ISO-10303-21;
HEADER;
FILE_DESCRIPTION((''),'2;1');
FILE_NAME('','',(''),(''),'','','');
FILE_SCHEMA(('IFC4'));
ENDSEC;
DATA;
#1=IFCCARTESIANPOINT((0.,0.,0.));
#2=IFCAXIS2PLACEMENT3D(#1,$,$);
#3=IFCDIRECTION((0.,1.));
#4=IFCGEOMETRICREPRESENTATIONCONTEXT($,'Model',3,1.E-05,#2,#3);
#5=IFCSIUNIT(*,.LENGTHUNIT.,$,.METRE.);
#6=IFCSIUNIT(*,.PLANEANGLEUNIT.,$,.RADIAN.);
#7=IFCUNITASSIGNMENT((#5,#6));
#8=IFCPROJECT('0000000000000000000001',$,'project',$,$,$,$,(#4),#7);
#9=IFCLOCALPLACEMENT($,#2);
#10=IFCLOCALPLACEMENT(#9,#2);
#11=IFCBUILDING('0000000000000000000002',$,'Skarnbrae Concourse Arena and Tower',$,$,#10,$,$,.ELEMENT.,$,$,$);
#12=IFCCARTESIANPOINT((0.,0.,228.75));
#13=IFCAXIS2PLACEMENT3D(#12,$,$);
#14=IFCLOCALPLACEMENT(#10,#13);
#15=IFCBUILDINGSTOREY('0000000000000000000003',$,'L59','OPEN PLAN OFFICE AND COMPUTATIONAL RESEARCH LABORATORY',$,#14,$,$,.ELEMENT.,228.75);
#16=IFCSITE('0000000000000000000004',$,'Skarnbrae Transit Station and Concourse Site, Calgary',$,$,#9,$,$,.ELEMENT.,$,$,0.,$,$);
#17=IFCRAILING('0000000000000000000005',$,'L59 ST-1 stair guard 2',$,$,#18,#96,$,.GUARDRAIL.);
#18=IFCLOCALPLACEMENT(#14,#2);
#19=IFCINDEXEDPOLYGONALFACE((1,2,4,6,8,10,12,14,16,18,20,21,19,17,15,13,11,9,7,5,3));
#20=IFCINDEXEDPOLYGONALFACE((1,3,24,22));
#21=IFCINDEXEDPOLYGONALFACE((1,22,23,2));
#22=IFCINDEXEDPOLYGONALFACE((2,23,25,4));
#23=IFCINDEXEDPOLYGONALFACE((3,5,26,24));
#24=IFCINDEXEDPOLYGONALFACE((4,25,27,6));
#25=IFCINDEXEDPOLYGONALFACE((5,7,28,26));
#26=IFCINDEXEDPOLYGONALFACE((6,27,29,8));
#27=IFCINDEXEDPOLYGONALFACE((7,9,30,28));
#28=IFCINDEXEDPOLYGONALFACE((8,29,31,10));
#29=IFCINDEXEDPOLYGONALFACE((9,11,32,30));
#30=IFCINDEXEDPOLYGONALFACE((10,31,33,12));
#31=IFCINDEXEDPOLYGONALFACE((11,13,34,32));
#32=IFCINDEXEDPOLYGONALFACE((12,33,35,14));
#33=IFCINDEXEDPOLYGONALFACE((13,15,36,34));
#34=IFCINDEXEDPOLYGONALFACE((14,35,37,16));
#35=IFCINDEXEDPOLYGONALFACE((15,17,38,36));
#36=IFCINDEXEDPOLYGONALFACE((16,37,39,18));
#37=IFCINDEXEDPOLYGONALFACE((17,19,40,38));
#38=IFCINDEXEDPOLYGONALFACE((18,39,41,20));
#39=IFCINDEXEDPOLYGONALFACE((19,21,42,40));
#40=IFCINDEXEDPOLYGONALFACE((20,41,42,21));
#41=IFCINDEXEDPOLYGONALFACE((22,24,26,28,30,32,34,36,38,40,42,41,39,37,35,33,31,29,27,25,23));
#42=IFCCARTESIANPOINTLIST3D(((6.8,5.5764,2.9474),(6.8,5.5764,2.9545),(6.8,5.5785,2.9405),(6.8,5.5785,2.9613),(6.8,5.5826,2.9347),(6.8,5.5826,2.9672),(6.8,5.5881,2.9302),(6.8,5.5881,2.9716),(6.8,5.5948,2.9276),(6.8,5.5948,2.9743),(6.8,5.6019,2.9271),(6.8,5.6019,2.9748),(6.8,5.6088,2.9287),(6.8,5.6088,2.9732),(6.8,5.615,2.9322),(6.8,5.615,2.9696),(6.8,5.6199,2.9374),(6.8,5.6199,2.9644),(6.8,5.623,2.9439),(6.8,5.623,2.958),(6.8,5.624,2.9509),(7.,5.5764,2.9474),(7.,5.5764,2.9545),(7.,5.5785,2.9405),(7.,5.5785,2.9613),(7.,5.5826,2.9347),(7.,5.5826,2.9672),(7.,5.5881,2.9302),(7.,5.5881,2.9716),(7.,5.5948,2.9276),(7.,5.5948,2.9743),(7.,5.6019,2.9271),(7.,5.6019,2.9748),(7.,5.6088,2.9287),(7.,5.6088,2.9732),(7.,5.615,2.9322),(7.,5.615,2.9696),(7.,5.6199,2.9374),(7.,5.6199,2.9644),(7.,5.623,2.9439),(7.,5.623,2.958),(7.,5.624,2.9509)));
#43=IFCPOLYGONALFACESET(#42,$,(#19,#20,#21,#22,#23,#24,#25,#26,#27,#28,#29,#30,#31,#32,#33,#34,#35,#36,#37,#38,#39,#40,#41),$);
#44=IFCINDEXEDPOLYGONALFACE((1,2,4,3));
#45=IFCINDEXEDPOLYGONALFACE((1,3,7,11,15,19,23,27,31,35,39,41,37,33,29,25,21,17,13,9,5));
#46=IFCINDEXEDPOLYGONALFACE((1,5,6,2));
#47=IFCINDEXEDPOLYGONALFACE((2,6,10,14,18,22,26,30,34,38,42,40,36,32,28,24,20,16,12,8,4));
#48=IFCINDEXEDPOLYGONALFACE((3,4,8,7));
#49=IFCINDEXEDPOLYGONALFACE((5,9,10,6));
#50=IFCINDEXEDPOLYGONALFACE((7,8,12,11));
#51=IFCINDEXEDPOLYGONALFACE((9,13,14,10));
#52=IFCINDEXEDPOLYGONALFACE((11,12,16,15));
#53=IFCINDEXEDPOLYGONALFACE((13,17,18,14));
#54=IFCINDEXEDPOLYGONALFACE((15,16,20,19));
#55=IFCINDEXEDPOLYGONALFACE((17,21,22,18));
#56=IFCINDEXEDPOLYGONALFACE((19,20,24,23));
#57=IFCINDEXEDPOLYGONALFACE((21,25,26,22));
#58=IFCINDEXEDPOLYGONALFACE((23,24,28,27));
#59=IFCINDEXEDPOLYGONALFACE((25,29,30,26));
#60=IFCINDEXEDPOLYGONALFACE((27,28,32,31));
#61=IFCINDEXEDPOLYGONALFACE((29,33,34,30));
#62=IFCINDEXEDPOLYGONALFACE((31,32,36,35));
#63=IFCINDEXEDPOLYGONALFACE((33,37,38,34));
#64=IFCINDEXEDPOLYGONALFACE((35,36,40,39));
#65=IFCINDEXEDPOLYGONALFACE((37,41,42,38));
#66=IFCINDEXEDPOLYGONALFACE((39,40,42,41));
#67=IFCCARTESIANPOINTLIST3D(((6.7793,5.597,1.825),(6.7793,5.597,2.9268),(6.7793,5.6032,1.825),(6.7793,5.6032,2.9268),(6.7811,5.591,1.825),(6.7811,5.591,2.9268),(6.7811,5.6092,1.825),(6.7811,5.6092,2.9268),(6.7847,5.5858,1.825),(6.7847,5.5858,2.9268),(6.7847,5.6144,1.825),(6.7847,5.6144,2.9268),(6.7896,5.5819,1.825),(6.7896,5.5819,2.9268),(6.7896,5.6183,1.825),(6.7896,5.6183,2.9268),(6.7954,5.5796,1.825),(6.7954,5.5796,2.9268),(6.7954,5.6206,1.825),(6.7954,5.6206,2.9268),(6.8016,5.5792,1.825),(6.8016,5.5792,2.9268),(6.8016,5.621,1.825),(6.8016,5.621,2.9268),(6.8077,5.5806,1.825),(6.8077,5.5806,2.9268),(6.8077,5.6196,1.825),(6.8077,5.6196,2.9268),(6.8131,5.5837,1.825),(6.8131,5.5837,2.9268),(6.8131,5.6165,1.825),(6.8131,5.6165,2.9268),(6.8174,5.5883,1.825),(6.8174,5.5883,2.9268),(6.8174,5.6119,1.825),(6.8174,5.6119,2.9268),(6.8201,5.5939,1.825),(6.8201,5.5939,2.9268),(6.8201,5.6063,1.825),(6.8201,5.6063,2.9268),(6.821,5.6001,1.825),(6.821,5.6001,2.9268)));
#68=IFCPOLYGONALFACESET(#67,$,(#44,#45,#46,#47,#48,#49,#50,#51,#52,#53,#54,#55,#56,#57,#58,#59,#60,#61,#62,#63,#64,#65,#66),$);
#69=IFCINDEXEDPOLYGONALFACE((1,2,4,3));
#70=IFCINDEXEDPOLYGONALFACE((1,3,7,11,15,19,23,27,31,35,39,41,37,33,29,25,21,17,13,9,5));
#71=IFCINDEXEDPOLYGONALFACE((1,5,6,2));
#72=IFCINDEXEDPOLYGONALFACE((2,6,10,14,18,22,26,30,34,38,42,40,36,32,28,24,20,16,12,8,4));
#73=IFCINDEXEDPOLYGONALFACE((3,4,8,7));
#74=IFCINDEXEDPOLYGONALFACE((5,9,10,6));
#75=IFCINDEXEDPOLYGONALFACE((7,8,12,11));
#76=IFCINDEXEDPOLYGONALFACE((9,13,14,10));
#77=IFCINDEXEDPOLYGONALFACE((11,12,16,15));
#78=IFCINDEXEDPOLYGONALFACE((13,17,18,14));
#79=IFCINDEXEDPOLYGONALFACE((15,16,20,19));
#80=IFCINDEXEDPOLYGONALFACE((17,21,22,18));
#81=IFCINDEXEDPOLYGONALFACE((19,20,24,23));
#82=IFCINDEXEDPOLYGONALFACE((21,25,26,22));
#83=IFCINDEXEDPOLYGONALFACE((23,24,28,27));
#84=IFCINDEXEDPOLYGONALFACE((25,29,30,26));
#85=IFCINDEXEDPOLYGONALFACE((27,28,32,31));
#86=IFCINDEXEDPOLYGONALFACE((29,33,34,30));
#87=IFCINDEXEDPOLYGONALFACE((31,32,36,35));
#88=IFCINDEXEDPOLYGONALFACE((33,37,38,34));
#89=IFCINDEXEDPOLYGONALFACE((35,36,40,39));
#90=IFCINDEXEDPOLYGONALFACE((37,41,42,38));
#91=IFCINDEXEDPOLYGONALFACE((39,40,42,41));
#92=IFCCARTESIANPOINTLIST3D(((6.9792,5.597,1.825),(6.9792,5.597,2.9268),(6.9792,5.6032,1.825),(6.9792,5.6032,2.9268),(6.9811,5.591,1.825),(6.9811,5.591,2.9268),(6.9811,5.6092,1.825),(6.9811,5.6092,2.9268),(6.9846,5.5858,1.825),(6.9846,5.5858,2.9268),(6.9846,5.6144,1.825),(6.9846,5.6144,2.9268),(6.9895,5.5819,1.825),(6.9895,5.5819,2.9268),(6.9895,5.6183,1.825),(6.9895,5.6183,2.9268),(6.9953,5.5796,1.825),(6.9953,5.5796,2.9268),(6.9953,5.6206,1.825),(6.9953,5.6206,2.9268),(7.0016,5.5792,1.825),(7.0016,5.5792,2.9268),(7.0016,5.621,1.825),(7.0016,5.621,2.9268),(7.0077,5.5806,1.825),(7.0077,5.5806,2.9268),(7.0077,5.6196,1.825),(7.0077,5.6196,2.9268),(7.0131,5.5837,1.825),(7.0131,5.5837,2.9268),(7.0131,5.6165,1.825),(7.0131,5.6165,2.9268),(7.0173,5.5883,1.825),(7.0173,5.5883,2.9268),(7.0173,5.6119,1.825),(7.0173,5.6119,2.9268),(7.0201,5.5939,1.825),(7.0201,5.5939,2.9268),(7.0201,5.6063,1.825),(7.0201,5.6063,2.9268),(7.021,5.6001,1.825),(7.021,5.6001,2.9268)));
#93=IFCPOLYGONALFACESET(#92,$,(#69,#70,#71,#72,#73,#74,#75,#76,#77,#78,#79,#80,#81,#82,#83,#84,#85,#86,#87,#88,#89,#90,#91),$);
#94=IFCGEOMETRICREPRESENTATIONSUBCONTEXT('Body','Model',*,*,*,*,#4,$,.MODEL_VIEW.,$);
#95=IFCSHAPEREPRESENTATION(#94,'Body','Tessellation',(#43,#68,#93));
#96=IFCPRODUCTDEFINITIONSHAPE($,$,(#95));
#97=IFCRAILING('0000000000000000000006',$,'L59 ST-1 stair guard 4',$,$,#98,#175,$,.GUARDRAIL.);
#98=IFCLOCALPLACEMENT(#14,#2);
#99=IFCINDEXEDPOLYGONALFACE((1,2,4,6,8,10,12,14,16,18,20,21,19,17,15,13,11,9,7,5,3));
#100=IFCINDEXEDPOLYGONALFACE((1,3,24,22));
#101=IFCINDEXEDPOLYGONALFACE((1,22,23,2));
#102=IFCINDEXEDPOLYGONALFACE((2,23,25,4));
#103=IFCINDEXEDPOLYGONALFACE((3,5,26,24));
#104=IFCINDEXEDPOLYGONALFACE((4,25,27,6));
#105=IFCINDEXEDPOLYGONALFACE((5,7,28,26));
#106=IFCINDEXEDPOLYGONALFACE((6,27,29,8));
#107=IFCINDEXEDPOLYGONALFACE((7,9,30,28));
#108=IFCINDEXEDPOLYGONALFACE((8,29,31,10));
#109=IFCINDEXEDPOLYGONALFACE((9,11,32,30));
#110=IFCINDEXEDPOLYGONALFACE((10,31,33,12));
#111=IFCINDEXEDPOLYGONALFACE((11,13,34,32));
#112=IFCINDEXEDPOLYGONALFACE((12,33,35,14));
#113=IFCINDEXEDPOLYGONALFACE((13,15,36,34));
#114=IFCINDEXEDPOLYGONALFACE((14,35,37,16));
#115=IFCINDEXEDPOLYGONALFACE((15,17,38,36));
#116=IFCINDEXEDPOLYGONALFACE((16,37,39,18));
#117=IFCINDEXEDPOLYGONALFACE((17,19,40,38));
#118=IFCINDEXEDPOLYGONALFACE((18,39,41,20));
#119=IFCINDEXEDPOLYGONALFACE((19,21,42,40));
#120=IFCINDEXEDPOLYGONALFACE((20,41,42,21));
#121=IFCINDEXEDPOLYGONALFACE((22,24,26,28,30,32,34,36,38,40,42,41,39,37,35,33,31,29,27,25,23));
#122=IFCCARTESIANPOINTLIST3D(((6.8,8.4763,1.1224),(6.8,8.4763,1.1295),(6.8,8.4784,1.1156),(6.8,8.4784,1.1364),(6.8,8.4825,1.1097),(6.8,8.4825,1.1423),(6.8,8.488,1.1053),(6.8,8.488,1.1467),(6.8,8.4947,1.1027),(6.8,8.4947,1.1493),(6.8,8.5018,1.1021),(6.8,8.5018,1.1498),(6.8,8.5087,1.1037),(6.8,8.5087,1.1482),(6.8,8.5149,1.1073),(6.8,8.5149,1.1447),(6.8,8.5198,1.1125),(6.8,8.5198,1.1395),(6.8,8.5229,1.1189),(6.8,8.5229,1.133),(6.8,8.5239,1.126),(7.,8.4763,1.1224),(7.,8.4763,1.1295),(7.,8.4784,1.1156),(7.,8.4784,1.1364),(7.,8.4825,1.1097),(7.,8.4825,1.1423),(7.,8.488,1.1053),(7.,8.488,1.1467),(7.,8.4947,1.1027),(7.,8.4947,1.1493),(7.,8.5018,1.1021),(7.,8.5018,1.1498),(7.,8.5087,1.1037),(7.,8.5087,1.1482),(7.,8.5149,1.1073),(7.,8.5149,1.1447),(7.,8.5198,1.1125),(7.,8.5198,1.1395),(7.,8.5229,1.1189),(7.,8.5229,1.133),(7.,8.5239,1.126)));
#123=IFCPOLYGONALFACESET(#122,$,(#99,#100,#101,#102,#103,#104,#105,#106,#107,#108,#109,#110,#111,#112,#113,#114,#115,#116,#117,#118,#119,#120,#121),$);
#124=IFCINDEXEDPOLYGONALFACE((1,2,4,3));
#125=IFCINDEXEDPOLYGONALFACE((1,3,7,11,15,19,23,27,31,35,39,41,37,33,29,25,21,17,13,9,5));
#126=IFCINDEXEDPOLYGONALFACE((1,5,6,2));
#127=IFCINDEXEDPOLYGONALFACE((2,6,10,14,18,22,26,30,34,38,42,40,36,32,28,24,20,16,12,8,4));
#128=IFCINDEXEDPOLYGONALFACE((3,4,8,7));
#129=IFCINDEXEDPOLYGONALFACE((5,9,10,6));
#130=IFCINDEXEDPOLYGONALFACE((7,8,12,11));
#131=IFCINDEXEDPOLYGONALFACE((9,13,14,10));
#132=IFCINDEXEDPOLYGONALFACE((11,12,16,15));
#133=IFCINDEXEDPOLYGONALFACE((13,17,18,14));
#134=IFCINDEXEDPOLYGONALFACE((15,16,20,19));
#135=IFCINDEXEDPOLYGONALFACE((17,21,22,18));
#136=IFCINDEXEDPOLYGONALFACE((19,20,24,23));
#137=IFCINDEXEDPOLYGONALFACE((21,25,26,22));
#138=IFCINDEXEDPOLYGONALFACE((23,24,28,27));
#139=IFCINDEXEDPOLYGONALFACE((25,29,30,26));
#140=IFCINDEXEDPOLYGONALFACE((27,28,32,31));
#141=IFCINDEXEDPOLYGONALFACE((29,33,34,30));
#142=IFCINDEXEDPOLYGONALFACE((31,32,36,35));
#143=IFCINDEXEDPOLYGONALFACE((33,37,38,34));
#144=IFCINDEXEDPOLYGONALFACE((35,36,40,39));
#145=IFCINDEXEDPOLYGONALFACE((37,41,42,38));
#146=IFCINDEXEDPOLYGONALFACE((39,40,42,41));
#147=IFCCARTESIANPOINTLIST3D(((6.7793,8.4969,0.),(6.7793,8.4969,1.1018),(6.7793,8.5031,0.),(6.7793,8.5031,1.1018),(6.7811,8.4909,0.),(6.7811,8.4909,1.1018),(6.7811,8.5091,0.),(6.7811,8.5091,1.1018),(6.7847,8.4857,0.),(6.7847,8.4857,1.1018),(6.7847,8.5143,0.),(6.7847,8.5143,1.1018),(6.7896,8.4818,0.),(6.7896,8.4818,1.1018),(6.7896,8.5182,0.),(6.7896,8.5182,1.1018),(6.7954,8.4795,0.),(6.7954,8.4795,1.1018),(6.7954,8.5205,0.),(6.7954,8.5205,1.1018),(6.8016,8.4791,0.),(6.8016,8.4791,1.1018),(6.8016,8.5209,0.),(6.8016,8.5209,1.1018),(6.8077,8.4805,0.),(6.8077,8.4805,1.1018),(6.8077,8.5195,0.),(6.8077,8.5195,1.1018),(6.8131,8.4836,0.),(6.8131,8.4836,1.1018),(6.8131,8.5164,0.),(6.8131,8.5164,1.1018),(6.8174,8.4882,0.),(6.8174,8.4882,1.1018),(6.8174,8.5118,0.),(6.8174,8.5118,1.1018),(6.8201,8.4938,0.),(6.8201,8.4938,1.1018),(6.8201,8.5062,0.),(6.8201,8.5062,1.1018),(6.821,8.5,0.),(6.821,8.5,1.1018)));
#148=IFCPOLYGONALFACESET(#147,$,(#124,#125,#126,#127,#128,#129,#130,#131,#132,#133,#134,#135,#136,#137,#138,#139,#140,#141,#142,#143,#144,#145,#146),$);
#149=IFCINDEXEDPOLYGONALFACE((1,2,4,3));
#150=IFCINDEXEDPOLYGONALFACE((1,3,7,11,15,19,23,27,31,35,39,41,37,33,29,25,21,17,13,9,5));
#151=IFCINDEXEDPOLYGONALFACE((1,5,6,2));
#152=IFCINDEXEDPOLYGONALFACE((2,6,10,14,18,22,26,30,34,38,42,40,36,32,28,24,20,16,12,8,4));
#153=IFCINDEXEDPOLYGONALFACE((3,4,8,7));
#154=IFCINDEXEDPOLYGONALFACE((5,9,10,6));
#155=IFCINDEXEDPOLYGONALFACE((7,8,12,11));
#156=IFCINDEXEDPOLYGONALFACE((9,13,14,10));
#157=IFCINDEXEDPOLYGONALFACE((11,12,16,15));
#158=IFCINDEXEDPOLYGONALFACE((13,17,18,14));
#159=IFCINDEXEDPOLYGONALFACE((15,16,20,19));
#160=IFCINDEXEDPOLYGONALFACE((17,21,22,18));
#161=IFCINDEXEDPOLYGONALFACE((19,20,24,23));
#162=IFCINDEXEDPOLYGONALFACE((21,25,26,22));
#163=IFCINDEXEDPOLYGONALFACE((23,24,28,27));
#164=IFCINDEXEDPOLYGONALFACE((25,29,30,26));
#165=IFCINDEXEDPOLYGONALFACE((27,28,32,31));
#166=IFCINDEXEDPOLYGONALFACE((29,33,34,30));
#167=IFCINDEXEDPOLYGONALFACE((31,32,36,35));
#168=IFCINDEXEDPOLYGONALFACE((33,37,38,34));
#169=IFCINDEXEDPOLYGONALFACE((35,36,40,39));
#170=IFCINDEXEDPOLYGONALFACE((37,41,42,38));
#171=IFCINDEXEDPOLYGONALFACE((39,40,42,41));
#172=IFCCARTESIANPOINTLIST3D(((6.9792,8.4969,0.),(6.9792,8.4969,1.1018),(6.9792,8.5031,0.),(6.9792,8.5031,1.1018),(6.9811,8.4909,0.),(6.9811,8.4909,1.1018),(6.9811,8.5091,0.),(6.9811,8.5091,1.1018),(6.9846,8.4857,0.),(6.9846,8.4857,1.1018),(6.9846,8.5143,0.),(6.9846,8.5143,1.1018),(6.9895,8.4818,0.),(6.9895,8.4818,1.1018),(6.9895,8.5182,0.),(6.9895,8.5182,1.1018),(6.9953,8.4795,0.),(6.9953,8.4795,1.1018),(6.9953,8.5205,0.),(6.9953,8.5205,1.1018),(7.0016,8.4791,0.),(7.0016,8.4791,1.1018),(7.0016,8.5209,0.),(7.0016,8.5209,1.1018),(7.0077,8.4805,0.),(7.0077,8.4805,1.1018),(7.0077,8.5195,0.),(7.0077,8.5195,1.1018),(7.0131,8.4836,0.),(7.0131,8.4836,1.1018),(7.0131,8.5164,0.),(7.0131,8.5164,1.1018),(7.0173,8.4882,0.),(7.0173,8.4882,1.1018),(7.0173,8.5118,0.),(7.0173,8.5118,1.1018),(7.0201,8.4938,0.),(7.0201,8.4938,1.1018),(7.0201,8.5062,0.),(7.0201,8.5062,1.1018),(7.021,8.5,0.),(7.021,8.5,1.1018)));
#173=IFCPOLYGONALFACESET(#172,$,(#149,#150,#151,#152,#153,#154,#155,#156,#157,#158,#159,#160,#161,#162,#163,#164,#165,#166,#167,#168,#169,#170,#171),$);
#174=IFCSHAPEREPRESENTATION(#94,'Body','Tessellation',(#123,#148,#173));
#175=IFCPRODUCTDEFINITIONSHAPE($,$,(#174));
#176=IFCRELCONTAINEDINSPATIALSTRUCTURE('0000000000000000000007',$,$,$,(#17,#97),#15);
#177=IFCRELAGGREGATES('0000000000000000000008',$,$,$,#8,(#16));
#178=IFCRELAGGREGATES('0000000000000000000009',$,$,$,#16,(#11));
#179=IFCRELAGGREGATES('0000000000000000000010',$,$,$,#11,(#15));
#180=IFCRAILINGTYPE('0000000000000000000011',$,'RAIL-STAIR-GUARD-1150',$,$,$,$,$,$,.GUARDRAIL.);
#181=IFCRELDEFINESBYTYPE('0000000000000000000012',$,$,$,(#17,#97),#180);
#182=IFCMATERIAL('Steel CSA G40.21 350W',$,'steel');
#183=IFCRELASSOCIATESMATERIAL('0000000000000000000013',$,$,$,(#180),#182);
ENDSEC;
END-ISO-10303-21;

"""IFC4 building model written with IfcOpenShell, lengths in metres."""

from ifc_helpers import new_model, si_unit, direction, frame, origin, origin_2d, place, context, subcontext, project, spatial, circle, extrude, material, type_object, element, save


model = new_model("IFC4")

# Units and contexts
model_context = context("Model", 3, precision=1e-05, world=origin(), true_north=direction((0.0, 1.0)))
body_context = subcontext(model_context, "Body", "Model", "MODEL_VIEW")
ifc_project = project(units=[si_unit("LENGTHUNIT", "METRE"), si_unit("PLANEANGLEUNIT", "RADIAN")], contexts=[model_context])

# Site, building, storey
site_placement = place(None, origin())
site = spatial("IfcSite", under=ifc_project, at=site_placement, Name="Skarnbrae Transit Station and Concourse Site, Calgary", CompositionType="ELEMENT", RefElevation=0.0)
building_placement = place(site_placement, origin())
building = spatial("IfcBuilding", under=site, at=building_placement, Name="Skarnbrae Concourse Arena and Tower", CompositionType="ELEMENT")
storey_placement = place(building_placement, frame((0.0, 0.0, 228.75)))
storey = spatial("IfcBuildingStorey", under=building, at=storey_placement, Name="L59", Description="OPEN PLAN OFFICE AND COMPUTATIONAL RESEARCH LABORATORY", CompositionType="ELEMENT", Elevation=228.75)

# Railings
ifc_material_1 = material(Name="Steel CSA G40.21 350W", Category="steel")
railing_type_1 = type_object("IfcRailingType", Name="RAIL-STAIR-GUARD-1150", PredefinedType="GUARDRAIL", material=ifc_material_1)
for number, where, name in (
    (1, (6.8, 5.6001, 1.825), "L59 ST-1 stair guard 2"),
    (2, (6.8, 8.5, 0.0), "L59 ST-1 stair guard 4"),
):
    element("IfcRailing", number, at=place(storey_placement, frame(where)), inside=storey, type_object=railing_type_1, Name=name, PredefinedType="GUARDRAIL", context=body_context, shape_type="SweptSolid", body=[
        extrude(circle(Radius=0.0239, at=origin_2d()), frame((0.0, 0.0, 1.126), z_axis=(1.0, 0.0, 0.0), x_axis=(0.0, 1.0, 0.0)), (0.0, 0.0, 1.0), 0.2),
        extrude(circle(Radius=0.021, at=origin_2d()), origin(), (0.0, 0.0, 1.0), 1.1018),
        extrude(circle(Radius=0.021, at=origin_2d()), frame((0.2, 0.0, 0.0)), (0.0, 0.0, 1.0), 1.1018),
    ])

save(model, "model.ifc")
